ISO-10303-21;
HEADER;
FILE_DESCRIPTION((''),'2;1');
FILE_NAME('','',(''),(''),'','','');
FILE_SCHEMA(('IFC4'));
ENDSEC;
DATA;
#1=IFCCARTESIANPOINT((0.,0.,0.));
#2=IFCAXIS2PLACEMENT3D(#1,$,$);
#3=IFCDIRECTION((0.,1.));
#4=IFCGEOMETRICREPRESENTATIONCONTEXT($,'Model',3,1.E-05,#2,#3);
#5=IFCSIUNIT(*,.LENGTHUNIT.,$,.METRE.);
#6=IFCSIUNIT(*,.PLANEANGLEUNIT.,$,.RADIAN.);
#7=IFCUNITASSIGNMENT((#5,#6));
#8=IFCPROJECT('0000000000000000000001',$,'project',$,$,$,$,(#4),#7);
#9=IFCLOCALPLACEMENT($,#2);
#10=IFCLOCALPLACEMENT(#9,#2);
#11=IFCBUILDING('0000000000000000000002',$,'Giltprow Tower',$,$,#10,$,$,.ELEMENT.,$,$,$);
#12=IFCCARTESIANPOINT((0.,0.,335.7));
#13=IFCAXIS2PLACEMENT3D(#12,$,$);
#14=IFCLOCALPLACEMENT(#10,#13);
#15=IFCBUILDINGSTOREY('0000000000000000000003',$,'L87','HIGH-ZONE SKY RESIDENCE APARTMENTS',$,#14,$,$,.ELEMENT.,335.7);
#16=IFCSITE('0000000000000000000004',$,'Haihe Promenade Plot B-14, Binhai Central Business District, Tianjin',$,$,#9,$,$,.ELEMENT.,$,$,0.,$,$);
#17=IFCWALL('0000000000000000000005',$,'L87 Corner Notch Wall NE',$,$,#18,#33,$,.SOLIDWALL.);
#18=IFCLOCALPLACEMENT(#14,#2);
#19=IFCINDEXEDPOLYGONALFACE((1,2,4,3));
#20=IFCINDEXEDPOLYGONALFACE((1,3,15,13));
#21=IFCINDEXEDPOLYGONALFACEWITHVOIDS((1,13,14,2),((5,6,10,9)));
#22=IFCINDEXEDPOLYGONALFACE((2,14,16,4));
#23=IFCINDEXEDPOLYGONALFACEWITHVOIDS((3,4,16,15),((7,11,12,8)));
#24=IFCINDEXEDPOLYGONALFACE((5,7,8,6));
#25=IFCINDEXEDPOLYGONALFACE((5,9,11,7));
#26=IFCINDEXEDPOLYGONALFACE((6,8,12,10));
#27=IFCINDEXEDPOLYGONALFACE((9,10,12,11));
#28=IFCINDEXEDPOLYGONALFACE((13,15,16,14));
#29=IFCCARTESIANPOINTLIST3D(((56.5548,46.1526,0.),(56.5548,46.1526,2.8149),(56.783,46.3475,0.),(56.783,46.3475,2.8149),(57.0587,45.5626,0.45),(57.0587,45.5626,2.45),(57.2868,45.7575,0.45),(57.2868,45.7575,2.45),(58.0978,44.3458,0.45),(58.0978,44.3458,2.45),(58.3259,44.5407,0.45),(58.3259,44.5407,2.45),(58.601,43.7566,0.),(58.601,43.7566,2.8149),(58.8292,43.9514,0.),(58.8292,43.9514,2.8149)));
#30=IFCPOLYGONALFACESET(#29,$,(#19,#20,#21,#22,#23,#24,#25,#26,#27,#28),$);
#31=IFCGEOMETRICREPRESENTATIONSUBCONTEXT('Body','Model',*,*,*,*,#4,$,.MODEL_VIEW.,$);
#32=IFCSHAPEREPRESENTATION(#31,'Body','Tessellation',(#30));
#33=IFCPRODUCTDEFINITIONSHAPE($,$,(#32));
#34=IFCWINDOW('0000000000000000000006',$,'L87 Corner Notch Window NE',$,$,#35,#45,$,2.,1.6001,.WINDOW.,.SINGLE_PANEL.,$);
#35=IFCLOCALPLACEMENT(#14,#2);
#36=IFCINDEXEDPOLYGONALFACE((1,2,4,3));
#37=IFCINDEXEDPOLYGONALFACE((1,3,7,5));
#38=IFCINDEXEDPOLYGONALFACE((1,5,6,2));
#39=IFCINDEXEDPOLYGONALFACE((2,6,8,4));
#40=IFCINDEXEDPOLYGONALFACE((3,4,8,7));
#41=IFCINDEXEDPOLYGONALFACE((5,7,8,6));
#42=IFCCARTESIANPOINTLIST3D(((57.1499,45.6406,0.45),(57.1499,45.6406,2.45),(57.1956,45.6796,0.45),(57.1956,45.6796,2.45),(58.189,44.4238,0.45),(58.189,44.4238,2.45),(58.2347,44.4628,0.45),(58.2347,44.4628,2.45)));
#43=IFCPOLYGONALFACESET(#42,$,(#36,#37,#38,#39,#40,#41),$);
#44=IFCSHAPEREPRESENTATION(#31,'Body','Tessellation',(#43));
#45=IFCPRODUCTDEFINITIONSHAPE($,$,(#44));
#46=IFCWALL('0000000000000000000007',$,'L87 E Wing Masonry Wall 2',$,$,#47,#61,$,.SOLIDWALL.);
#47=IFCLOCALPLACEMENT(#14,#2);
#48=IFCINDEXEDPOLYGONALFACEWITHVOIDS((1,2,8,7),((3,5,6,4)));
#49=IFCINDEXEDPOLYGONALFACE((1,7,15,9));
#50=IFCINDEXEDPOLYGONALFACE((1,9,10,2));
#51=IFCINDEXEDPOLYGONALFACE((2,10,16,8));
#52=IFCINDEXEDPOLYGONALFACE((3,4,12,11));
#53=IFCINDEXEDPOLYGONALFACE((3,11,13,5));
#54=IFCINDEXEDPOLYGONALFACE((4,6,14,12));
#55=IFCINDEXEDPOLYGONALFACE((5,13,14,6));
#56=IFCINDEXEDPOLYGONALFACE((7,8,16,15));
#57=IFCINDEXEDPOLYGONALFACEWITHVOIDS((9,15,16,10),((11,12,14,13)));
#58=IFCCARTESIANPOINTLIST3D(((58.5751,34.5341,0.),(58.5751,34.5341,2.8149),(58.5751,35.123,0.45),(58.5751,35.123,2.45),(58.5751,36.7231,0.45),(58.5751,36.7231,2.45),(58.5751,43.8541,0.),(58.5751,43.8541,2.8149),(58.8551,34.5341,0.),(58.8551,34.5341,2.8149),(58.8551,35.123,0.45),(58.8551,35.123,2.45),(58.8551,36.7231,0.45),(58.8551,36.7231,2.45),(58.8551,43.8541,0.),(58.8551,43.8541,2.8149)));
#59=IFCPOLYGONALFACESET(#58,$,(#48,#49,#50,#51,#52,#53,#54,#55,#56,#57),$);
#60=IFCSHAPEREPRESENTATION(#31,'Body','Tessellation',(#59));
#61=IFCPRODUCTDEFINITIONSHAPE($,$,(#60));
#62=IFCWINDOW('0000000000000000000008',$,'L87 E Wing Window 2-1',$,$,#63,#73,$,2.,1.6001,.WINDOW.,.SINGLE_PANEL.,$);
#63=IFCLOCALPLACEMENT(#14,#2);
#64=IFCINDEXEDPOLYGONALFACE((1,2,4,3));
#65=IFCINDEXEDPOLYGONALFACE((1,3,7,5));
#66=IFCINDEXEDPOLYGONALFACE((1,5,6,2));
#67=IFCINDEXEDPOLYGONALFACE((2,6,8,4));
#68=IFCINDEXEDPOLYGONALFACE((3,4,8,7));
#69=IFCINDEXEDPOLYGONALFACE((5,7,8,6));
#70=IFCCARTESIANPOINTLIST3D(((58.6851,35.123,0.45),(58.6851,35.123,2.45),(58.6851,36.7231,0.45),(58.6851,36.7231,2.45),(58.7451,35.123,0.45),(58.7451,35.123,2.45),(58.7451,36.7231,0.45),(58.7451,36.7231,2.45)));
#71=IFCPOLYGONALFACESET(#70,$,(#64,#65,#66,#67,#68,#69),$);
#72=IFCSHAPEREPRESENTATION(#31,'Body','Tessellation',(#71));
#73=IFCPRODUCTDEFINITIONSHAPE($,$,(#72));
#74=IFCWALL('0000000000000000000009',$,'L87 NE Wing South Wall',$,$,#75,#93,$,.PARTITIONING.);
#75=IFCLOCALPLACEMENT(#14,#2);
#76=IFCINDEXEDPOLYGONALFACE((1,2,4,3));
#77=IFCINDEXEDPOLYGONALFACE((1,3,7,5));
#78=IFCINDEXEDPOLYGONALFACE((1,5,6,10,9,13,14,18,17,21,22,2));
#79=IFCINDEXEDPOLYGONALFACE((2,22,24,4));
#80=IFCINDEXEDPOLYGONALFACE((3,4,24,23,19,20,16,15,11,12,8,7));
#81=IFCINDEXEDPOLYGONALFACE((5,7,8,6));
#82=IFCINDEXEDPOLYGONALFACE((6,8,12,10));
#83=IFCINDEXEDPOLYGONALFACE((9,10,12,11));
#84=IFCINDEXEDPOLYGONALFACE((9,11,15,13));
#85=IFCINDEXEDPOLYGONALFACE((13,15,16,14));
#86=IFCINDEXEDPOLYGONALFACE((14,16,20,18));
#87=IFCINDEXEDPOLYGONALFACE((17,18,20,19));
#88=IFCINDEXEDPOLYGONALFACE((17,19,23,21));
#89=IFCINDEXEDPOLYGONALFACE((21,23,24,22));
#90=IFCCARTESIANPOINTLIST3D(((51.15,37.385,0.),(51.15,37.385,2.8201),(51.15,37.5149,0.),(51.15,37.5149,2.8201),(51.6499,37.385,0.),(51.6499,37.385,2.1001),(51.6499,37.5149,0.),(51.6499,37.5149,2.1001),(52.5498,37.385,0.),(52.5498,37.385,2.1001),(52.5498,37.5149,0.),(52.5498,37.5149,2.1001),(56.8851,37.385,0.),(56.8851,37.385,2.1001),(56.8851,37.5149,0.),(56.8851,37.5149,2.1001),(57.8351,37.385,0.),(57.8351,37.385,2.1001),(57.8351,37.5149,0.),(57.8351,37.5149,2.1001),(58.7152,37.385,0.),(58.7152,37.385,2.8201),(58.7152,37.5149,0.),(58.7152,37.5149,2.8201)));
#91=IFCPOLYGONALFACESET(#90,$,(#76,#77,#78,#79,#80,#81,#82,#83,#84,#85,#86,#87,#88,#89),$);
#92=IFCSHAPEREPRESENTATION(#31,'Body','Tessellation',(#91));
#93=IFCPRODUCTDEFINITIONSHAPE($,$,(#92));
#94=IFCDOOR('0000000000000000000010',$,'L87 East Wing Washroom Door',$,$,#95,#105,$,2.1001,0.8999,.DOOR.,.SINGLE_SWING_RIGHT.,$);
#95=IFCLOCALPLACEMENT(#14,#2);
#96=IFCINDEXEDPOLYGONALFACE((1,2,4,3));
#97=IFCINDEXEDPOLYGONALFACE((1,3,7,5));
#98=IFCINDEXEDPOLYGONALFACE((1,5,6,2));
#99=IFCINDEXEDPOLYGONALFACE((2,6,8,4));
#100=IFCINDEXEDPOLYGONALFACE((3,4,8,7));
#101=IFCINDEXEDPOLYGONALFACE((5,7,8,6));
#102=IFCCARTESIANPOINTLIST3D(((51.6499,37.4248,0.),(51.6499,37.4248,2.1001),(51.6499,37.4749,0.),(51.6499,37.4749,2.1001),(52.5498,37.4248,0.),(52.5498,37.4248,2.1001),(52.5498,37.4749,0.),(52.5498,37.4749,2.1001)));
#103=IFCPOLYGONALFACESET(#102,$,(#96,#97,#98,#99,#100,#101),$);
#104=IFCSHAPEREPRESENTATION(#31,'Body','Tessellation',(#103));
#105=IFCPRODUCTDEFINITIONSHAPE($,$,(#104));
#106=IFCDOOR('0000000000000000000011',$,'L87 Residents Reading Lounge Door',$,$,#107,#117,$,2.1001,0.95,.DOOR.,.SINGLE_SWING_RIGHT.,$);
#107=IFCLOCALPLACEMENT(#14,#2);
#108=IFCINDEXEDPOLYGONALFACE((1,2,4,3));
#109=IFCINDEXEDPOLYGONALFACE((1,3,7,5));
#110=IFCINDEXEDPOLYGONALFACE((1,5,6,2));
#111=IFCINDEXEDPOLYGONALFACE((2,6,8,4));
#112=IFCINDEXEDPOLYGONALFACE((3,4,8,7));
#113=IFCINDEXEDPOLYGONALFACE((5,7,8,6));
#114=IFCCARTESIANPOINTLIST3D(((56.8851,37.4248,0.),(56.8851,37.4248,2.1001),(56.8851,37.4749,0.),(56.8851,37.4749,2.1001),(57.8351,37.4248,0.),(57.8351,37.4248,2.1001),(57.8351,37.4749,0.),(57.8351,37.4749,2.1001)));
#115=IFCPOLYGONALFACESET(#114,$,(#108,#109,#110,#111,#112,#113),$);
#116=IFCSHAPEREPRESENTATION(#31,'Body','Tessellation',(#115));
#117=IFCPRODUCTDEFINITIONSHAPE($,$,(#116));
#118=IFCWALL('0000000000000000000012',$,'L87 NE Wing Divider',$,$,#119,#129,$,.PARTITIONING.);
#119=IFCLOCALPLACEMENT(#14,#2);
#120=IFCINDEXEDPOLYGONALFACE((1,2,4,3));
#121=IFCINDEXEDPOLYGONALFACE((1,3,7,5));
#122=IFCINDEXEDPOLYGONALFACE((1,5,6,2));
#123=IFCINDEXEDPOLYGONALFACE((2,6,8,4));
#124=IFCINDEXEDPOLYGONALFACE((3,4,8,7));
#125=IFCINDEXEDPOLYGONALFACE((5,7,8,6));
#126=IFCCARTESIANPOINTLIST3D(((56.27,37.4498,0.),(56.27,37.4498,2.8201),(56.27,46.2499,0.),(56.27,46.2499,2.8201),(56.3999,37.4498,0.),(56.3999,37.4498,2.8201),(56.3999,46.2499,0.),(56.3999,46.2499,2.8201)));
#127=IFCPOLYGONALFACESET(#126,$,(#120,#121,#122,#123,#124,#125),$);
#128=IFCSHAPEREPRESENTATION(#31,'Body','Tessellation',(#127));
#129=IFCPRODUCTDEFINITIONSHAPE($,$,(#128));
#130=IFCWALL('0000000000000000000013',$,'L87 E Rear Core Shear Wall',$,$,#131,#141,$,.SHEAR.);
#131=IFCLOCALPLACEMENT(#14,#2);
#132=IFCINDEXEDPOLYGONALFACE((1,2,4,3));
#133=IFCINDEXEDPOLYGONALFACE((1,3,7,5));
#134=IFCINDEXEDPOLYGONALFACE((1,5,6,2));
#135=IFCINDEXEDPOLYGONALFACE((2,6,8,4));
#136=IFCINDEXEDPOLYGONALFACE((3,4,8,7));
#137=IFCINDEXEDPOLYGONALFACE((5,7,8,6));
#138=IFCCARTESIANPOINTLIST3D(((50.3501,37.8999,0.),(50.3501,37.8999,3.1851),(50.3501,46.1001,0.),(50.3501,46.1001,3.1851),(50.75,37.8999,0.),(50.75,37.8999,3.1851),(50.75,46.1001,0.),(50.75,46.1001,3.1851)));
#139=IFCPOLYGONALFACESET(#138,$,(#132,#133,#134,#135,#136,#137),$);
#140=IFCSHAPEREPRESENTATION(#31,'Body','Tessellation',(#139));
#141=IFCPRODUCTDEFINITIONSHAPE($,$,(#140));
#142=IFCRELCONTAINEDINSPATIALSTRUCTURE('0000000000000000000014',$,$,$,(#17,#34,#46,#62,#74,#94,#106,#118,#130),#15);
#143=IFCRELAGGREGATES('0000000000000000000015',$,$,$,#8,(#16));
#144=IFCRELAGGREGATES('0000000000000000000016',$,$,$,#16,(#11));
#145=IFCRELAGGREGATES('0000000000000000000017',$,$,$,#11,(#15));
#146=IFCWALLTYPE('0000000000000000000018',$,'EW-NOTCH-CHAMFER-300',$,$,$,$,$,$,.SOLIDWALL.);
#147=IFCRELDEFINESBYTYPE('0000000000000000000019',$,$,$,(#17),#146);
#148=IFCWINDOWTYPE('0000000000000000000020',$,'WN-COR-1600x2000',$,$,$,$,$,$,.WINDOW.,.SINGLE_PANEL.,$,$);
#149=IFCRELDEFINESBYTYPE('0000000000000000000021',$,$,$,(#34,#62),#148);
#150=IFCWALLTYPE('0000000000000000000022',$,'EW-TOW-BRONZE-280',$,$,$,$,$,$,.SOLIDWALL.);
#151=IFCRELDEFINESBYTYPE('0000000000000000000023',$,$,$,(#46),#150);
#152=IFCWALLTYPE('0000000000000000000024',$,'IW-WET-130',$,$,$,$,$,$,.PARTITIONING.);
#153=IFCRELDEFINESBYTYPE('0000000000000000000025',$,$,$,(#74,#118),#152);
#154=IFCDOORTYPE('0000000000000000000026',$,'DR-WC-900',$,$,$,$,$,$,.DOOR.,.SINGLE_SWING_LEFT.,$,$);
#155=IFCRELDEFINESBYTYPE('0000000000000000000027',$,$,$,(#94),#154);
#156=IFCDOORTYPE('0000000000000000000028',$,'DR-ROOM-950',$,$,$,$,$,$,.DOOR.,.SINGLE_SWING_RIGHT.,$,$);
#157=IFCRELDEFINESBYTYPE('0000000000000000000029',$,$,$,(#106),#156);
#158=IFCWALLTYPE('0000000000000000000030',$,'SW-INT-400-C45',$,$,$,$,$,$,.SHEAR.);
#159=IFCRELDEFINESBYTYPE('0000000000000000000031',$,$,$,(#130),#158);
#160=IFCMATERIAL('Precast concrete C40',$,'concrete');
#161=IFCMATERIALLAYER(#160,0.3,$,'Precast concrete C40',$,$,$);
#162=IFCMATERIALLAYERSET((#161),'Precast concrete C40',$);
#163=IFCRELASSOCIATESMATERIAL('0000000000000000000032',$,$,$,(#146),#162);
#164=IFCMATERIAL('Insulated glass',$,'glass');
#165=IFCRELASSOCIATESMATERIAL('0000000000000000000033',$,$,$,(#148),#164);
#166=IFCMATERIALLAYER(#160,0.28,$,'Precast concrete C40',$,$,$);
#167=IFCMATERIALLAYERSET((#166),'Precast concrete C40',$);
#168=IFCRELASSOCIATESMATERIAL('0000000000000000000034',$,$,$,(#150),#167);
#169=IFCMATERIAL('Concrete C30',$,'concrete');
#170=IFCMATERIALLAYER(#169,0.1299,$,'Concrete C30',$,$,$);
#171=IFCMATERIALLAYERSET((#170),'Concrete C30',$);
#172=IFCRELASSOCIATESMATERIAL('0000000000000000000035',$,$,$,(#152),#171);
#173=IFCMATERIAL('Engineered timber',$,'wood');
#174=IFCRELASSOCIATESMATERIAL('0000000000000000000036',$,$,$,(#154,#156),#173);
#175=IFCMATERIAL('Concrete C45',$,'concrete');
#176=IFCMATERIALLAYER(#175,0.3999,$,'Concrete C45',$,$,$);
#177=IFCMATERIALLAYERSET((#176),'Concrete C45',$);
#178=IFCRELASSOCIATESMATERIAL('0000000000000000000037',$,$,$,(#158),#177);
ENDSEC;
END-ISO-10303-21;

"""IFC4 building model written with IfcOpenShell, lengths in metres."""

from ifc_helpers import new_model, si_unit, direction, frame, frame_2d, origin, place, context, subcontext, project, spatial, rectangle, extrude, source, transform, mapped, material, layer, layer_set, type_object, element, fill, save


model = new_model("IFC4")

# Units and contexts
model_context = context("Model", 3, precision=1e-05, world=origin(), true_north=direction((0.0, 1.0)))
body_context = subcontext(model_context, "Body", "Model", "MODEL_VIEW")
ifc_project = project(units=[si_unit("LENGTHUNIT", "METRE"), si_unit("PLANEANGLEUNIT", "RADIAN")], contexts=[model_context])

# Site, building, storey
site_placement = place(None, origin())
site = spatial("IfcSite", under=ifc_project, at=site_placement, Name="Haihe Promenade Plot B-14, Binhai Central Business District, Tianjin", CompositionType="ELEMENT", RefElevation=0.0)
building_placement = place(site_placement, origin())
building = spatial("IfcBuilding", under=site, at=building_placement, Name="Giltprow Tower", CompositionType="ELEMENT")
storey_placement = place(building_placement, frame((0.0, 0.0, 335.7)))
storey = spatial("IfcBuildingStorey", under=building, at=storey_placement, Name="L87", Description="HIGH-ZONE SKY RESIDENCE APARTMENTS", CompositionType="ELEMENT", Elevation=335.7)

# Shared definitions
ifc_material_1 = material(Name="Concrete C45", Category="concrete")

# Walls, openings, windows
ifc_material_2 = material(Name="Precast concrete C40", Category="concrete")
ifc_layer_1 = layer(ifc_material_2, 0.3, Name="Precast concrete C40")
ifc_layer_set_1 = layer_set([ifc_layer_1], Name="Precast concrete C40")
wall_type_1 = type_object("IfcWallType", Name="EW-NOTCH-CHAMFER-300", PredefinedType="SOLIDWALL", material=ifc_layer_set_1)
wall_1_placement = place(storey_placement, frame((58.7151, 43.854, 0.0), z_axis=(0.0, 0.0, 1.0), x_axis=(-0.649406, 0.760442, 0.0)))
wall_1 = element("IfcWall", 1, at=wall_1_placement, inside=storey, type_object=wall_type_1, Name="L87 Corner Notch Wall NE", PredefinedType="SOLIDWALL", context=body_context, shape_type="SweptSolid", body=[
    extrude(rectangle(XDim=3.1509, YDim=0.3, at=frame_2d((1.5754, 0.0))), origin(), (0.0, 0.0, 1.0), 2.8149),
])
opening_1_placement = place(wall_1_placement, frame((0.7749, 0.0, 0.45)))
opening_1 = element("IfcOpeningElement", 2, at=opening_1_placement, cuts=wall_1, PredefinedType="OPENING", context=body_context, shape_type="SweptSolid", body=[
    extrude(rectangle(XDim=1.6001, YDim=2.0, at=frame_2d((0.8, 1.0))), frame((0.0, 0.1599, 0.0), z_axis=(0.0, -1.0, 0.0), x_axis=(1.0, 0.0, 0.0)), (0.0, 0.0, 1.0), 0.3201),
])
ifc_material_3 = material(Name="Insulated glass", Category="glass")
window_type = type_object("IfcWindowType", Name="WN-COR-1600x2000", PartitioningType="SINGLE_PANEL", PredefinedType="WINDOW", material=ifc_material_3)
shared_shape_1 = source(origin(), body_context, "Body", "SweptSolid", [
    extrude(rectangle(XDim=1.6001, YDim=2.0, at=frame_2d((0.8, 1.0))), frame((0.0, 0.03, 0.0), z_axis=(0.0, -1.0, 0.0), x_axis=(1.0, 0.0, 0.0)), (0.0, 0.0, 1.0), 0.0601),
])
window_1_placement = place(opening_1_placement, origin())
window_1 = element("IfcWindow", 3, at=window_1_placement, inside=storey, type_object=window_type, Name="L87 Corner Notch Window NE", OverallHeight=2.0, OverallWidth=1.6001, PartitioningType="SINGLE_PANEL", PredefinedType="WINDOW", context=body_context, shape_type="MappedRepresentation", body=[
    mapped(shared_shape_1, transform((0.0, 0.0, 0.0), x_axis=(1.0, 0.0, 0.0), y_axis=(0.0, 1.0, 0.0), z_axis=(0.0, 0.0, 1.0), scale=1.0)),
])
fill(opening_1, window_1)
ifc_layer_2 = layer(ifc_material_2, 0.28, Name="Precast concrete C40")
ifc_layer_set_2 = layer_set([ifc_layer_2], Name="Precast concrete C40")
wall_type_2 = type_object("IfcWallType", Name="EW-TOW-BRONZE-280", PredefinedType="SOLIDWALL", material=ifc_layer_set_2)
wall_2_placement = place(storey_placement, frame((58.7151, 34.5339, 0.0), z_axis=(0.0, 0.0, 1.0), x_axis=(0.0, 1.0, 0.0)))
wall_2 = element("IfcWall", 4, at=wall_2_placement, inside=storey, type_object=wall_type_2, Name="L87 E Wing Masonry Wall 2", PredefinedType="SOLIDWALL", context=body_context, shape_type="SweptSolid", body=[
    extrude(rectangle(XDim=9.3201, YDim=0.28, at=frame_2d((4.6602, 0.0))), origin(), (0.0, 0.0, 1.0), 2.8149),
])
opening_2_placement = place(wall_2_placement, frame((0.5891, 0.0, 0.45)))
opening_2 = element("IfcOpeningElement", 5, at=opening_2_placement, cuts=wall_2, PredefinedType="OPENING", context=body_context, shape_type="SweptSolid", body=[
    extrude(rectangle(XDim=1.6001, YDim=2.0, at=frame_2d((0.8, 1.0))), frame((0.0, 0.1499, 0.0), z_axis=(0.0, -1.0, 0.0), x_axis=(1.0, 0.0, 0.0)), (0.0, 0.0, 1.0), 0.3),
])
window_2_placement = place(opening_2_placement, origin())
window_2 = element("IfcWindow", 6, at=window_2_placement, inside=storey, type_object=window_type, Name="L87 E Wing Window 2-1", OverallHeight=2.0, OverallWidth=1.6001, PartitioningType="SINGLE_PANEL", PredefinedType="WINDOW", context=body_context, shape_type="MappedRepresentation", body=[
    mapped(shared_shape_1, transform((0.0, 0.0, 0.0), x_axis=(1.0, 0.0, 0.0), y_axis=(0.0, 1.0, 0.0), z_axis=(0.0, 0.0, 1.0), scale=1.0)),
])
fill(opening_2, window_2)

# Wall, openings, doors
ifc_material_4 = material(Name="Concrete C30", Category="concrete")
ifc_layer_3 = layer(ifc_material_4, 0.1299, Name="Concrete C30")
ifc_layer_set_3 = layer_set([ifc_layer_3], Name="Concrete C30")
wall_type_3 = type_object("IfcWallType", Name="IW-WET-130", PredefinedType="PARTITIONING", material=ifc_layer_set_3)
wall_3_placement = place(storey_placement, frame((51.1499, 37.45, 0.0), z_axis=(0.0, 0.0, 1.0), x_axis=(1.0, 0.0, 0.0)))
wall_3 = element("IfcWall", 7, at=wall_3_placement, inside=storey, type_object=wall_type_3, Name="L87 NE Wing South Wall", PredefinedType="PARTITIONING", context=body_context, shape_type="SweptSolid", body=[
    extrude(rectangle(XDim=7.5652, YDim=0.1299, at=frame_2d((3.7827, 0.0))), origin(), (0.0, 0.0, 1.0), 2.8201),
])
opening_3_placement = place(wall_3_placement, frame((0.5, 0.0, 0.0)))
opening_3 = element("IfcOpeningElement", 8, at=opening_3_placement, cuts=wall_3, PredefinedType="OPENING", context=body_context, shape_type="SweptSolid", body=[
    extrude(rectangle(XDim=0.8999, YDim=2.1001, at=frame_2d((0.45, 1.05))), frame((0.0, 0.075, 0.0), z_axis=(0.0, -1.0, 0.0), x_axis=(1.0, 0.0, 0.0)), (0.0, 0.0, 1.0), 0.1499),
])
opening_4_placement = place(wall_3_placement, frame((5.7351, 0.0, 0.0)))
opening_4 = element("IfcOpeningElement", 9, at=opening_4_placement, cuts=wall_3, PredefinedType="OPENING", context=body_context, shape_type="SweptSolid", body=[
    extrude(rectangle(XDim=0.95, YDim=2.1001, at=frame_2d((0.4751, 1.05))), frame((0.0, 0.075, 0.0), z_axis=(0.0, -1.0, 0.0), x_axis=(1.0, 0.0, 0.0)), (0.0, 0.0, 1.0), 0.1499),
])
ifc_material_5 = material(Name="Engineered timber", Category="wood")
door_type_1 = type_object("IfcDoorType", Name="DR-WC-900", OperationType="SINGLE_SWING_LEFT", PredefinedType="DOOR", material=ifc_material_5)
shared_shape_2 = source(origin(), body_context, "Body", "SweptSolid", [
    extrude(rectangle(XDim=0.8999, YDim=2.1001, at=frame_2d((0.45, 1.05))), frame((0.0, 0.0249, 0.0), z_axis=(0.0, -1.0, 0.0), x_axis=(1.0, 0.0, 0.0)), (0.0, 0.0, 1.0), 0.05),
])
door_1_placement = place(opening_3_placement, origin())
door_1 = element("IfcDoor", 10, at=door_1_placement, inside=storey, type_object=door_type_1, Name="L87 East Wing Washroom Door", OperationType="SINGLE_SWING_RIGHT", OverallHeight=2.1001, OverallWidth=0.8999, PredefinedType="DOOR", context=body_context, shape_type="MappedRepresentation", body=[
    mapped(shared_shape_2, transform((0.0, 0.0, 0.0), x_axis=(1.0, 0.0, 0.0), y_axis=(0.0, 1.0, 0.0), z_axis=(0.0, 0.0, 1.0), scale=1.0)),
])
fill(opening_3, door_1)
door_type_2 = type_object("IfcDoorType", Name="DR-ROOM-950", OperationType="SINGLE_SWING_RIGHT", PredefinedType="DOOR", material=ifc_material_5)
shared_shape_3 = source(origin(), body_context, "Body", "SweptSolid", [
    extrude(rectangle(XDim=0.95, YDim=2.1001, at=frame_2d((0.4751, 1.05))), frame((0.0, 0.0249, 0.0), z_axis=(0.0, -1.0, 0.0), x_axis=(1.0, 0.0, 0.0)), (0.0, 0.0, 1.0), 0.05),
])
door_2_placement = place(opening_4_placement, origin())
door_2 = element("IfcDoor", 11, at=door_2_placement, inside=storey, type_object=door_type_2, Name="L87 Residents Reading Lounge Door", OperationType="SINGLE_SWING_RIGHT", OverallHeight=2.1001, OverallWidth=0.95, PredefinedType="DOOR", context=body_context, shape_type="MappedRepresentation", body=[
    mapped(shared_shape_3, transform((0.0, 0.0, 0.0), x_axis=(1.0, 0.0, 0.0), y_axis=(0.0, 1.0, 0.0), z_axis=(0.0, 0.0, 1.0), scale=1.0)),
])
fill(opening_4, door_2)

# Walls
wall_4_placement = place(storey_placement, frame((56.335, 37.45, 0.0), z_axis=(0.0, 0.0, 1.0), x_axis=(0.0, 1.0, 0.0)))
element("IfcWall", 12, at=wall_4_placement, inside=storey, type_object=wall_type_3, Name="L87 NE Wing Divider", PredefinedType="PARTITIONING", context=body_context, shape_type="SweptSolid", body=[
    extrude(rectangle(XDim=8.8, YDim=0.1299, at=frame_2d((4.3999, 0.0))), origin(), (0.0, 0.0, 1.0), 2.8201),
])
ifc_layer_4 = layer(ifc_material_1, 0.3999, Name="Concrete C45")
ifc_layer_set_4 = layer_set([ifc_layer_4], Name="Concrete C45")
wall_type_4 = type_object("IfcWallType", Name="SW-INT-400-C45", PredefinedType="SHEAR", material=ifc_layer_set_4)
wall_5_placement = place(storey_placement, frame((50.55, 37.8999, 0.0), z_axis=(0.0, 0.0, 1.0), x_axis=(0.0, 1.0, 0.0)))
element("IfcWall", 13, at=wall_5_placement, inside=storey, type_object=wall_type_4, Name="L87 E Rear Core Shear Wall", PredefinedType="SHEAR", context=body_context, shape_type="SweptSolid", body=[
    extrude(rectangle(XDim=8.2002, YDim=0.3999, at=frame_2d((4.1001, 0.0))), origin(), (0.0, 0.0, 1.0), 3.1851),
])

save(model, "model.ifc")
